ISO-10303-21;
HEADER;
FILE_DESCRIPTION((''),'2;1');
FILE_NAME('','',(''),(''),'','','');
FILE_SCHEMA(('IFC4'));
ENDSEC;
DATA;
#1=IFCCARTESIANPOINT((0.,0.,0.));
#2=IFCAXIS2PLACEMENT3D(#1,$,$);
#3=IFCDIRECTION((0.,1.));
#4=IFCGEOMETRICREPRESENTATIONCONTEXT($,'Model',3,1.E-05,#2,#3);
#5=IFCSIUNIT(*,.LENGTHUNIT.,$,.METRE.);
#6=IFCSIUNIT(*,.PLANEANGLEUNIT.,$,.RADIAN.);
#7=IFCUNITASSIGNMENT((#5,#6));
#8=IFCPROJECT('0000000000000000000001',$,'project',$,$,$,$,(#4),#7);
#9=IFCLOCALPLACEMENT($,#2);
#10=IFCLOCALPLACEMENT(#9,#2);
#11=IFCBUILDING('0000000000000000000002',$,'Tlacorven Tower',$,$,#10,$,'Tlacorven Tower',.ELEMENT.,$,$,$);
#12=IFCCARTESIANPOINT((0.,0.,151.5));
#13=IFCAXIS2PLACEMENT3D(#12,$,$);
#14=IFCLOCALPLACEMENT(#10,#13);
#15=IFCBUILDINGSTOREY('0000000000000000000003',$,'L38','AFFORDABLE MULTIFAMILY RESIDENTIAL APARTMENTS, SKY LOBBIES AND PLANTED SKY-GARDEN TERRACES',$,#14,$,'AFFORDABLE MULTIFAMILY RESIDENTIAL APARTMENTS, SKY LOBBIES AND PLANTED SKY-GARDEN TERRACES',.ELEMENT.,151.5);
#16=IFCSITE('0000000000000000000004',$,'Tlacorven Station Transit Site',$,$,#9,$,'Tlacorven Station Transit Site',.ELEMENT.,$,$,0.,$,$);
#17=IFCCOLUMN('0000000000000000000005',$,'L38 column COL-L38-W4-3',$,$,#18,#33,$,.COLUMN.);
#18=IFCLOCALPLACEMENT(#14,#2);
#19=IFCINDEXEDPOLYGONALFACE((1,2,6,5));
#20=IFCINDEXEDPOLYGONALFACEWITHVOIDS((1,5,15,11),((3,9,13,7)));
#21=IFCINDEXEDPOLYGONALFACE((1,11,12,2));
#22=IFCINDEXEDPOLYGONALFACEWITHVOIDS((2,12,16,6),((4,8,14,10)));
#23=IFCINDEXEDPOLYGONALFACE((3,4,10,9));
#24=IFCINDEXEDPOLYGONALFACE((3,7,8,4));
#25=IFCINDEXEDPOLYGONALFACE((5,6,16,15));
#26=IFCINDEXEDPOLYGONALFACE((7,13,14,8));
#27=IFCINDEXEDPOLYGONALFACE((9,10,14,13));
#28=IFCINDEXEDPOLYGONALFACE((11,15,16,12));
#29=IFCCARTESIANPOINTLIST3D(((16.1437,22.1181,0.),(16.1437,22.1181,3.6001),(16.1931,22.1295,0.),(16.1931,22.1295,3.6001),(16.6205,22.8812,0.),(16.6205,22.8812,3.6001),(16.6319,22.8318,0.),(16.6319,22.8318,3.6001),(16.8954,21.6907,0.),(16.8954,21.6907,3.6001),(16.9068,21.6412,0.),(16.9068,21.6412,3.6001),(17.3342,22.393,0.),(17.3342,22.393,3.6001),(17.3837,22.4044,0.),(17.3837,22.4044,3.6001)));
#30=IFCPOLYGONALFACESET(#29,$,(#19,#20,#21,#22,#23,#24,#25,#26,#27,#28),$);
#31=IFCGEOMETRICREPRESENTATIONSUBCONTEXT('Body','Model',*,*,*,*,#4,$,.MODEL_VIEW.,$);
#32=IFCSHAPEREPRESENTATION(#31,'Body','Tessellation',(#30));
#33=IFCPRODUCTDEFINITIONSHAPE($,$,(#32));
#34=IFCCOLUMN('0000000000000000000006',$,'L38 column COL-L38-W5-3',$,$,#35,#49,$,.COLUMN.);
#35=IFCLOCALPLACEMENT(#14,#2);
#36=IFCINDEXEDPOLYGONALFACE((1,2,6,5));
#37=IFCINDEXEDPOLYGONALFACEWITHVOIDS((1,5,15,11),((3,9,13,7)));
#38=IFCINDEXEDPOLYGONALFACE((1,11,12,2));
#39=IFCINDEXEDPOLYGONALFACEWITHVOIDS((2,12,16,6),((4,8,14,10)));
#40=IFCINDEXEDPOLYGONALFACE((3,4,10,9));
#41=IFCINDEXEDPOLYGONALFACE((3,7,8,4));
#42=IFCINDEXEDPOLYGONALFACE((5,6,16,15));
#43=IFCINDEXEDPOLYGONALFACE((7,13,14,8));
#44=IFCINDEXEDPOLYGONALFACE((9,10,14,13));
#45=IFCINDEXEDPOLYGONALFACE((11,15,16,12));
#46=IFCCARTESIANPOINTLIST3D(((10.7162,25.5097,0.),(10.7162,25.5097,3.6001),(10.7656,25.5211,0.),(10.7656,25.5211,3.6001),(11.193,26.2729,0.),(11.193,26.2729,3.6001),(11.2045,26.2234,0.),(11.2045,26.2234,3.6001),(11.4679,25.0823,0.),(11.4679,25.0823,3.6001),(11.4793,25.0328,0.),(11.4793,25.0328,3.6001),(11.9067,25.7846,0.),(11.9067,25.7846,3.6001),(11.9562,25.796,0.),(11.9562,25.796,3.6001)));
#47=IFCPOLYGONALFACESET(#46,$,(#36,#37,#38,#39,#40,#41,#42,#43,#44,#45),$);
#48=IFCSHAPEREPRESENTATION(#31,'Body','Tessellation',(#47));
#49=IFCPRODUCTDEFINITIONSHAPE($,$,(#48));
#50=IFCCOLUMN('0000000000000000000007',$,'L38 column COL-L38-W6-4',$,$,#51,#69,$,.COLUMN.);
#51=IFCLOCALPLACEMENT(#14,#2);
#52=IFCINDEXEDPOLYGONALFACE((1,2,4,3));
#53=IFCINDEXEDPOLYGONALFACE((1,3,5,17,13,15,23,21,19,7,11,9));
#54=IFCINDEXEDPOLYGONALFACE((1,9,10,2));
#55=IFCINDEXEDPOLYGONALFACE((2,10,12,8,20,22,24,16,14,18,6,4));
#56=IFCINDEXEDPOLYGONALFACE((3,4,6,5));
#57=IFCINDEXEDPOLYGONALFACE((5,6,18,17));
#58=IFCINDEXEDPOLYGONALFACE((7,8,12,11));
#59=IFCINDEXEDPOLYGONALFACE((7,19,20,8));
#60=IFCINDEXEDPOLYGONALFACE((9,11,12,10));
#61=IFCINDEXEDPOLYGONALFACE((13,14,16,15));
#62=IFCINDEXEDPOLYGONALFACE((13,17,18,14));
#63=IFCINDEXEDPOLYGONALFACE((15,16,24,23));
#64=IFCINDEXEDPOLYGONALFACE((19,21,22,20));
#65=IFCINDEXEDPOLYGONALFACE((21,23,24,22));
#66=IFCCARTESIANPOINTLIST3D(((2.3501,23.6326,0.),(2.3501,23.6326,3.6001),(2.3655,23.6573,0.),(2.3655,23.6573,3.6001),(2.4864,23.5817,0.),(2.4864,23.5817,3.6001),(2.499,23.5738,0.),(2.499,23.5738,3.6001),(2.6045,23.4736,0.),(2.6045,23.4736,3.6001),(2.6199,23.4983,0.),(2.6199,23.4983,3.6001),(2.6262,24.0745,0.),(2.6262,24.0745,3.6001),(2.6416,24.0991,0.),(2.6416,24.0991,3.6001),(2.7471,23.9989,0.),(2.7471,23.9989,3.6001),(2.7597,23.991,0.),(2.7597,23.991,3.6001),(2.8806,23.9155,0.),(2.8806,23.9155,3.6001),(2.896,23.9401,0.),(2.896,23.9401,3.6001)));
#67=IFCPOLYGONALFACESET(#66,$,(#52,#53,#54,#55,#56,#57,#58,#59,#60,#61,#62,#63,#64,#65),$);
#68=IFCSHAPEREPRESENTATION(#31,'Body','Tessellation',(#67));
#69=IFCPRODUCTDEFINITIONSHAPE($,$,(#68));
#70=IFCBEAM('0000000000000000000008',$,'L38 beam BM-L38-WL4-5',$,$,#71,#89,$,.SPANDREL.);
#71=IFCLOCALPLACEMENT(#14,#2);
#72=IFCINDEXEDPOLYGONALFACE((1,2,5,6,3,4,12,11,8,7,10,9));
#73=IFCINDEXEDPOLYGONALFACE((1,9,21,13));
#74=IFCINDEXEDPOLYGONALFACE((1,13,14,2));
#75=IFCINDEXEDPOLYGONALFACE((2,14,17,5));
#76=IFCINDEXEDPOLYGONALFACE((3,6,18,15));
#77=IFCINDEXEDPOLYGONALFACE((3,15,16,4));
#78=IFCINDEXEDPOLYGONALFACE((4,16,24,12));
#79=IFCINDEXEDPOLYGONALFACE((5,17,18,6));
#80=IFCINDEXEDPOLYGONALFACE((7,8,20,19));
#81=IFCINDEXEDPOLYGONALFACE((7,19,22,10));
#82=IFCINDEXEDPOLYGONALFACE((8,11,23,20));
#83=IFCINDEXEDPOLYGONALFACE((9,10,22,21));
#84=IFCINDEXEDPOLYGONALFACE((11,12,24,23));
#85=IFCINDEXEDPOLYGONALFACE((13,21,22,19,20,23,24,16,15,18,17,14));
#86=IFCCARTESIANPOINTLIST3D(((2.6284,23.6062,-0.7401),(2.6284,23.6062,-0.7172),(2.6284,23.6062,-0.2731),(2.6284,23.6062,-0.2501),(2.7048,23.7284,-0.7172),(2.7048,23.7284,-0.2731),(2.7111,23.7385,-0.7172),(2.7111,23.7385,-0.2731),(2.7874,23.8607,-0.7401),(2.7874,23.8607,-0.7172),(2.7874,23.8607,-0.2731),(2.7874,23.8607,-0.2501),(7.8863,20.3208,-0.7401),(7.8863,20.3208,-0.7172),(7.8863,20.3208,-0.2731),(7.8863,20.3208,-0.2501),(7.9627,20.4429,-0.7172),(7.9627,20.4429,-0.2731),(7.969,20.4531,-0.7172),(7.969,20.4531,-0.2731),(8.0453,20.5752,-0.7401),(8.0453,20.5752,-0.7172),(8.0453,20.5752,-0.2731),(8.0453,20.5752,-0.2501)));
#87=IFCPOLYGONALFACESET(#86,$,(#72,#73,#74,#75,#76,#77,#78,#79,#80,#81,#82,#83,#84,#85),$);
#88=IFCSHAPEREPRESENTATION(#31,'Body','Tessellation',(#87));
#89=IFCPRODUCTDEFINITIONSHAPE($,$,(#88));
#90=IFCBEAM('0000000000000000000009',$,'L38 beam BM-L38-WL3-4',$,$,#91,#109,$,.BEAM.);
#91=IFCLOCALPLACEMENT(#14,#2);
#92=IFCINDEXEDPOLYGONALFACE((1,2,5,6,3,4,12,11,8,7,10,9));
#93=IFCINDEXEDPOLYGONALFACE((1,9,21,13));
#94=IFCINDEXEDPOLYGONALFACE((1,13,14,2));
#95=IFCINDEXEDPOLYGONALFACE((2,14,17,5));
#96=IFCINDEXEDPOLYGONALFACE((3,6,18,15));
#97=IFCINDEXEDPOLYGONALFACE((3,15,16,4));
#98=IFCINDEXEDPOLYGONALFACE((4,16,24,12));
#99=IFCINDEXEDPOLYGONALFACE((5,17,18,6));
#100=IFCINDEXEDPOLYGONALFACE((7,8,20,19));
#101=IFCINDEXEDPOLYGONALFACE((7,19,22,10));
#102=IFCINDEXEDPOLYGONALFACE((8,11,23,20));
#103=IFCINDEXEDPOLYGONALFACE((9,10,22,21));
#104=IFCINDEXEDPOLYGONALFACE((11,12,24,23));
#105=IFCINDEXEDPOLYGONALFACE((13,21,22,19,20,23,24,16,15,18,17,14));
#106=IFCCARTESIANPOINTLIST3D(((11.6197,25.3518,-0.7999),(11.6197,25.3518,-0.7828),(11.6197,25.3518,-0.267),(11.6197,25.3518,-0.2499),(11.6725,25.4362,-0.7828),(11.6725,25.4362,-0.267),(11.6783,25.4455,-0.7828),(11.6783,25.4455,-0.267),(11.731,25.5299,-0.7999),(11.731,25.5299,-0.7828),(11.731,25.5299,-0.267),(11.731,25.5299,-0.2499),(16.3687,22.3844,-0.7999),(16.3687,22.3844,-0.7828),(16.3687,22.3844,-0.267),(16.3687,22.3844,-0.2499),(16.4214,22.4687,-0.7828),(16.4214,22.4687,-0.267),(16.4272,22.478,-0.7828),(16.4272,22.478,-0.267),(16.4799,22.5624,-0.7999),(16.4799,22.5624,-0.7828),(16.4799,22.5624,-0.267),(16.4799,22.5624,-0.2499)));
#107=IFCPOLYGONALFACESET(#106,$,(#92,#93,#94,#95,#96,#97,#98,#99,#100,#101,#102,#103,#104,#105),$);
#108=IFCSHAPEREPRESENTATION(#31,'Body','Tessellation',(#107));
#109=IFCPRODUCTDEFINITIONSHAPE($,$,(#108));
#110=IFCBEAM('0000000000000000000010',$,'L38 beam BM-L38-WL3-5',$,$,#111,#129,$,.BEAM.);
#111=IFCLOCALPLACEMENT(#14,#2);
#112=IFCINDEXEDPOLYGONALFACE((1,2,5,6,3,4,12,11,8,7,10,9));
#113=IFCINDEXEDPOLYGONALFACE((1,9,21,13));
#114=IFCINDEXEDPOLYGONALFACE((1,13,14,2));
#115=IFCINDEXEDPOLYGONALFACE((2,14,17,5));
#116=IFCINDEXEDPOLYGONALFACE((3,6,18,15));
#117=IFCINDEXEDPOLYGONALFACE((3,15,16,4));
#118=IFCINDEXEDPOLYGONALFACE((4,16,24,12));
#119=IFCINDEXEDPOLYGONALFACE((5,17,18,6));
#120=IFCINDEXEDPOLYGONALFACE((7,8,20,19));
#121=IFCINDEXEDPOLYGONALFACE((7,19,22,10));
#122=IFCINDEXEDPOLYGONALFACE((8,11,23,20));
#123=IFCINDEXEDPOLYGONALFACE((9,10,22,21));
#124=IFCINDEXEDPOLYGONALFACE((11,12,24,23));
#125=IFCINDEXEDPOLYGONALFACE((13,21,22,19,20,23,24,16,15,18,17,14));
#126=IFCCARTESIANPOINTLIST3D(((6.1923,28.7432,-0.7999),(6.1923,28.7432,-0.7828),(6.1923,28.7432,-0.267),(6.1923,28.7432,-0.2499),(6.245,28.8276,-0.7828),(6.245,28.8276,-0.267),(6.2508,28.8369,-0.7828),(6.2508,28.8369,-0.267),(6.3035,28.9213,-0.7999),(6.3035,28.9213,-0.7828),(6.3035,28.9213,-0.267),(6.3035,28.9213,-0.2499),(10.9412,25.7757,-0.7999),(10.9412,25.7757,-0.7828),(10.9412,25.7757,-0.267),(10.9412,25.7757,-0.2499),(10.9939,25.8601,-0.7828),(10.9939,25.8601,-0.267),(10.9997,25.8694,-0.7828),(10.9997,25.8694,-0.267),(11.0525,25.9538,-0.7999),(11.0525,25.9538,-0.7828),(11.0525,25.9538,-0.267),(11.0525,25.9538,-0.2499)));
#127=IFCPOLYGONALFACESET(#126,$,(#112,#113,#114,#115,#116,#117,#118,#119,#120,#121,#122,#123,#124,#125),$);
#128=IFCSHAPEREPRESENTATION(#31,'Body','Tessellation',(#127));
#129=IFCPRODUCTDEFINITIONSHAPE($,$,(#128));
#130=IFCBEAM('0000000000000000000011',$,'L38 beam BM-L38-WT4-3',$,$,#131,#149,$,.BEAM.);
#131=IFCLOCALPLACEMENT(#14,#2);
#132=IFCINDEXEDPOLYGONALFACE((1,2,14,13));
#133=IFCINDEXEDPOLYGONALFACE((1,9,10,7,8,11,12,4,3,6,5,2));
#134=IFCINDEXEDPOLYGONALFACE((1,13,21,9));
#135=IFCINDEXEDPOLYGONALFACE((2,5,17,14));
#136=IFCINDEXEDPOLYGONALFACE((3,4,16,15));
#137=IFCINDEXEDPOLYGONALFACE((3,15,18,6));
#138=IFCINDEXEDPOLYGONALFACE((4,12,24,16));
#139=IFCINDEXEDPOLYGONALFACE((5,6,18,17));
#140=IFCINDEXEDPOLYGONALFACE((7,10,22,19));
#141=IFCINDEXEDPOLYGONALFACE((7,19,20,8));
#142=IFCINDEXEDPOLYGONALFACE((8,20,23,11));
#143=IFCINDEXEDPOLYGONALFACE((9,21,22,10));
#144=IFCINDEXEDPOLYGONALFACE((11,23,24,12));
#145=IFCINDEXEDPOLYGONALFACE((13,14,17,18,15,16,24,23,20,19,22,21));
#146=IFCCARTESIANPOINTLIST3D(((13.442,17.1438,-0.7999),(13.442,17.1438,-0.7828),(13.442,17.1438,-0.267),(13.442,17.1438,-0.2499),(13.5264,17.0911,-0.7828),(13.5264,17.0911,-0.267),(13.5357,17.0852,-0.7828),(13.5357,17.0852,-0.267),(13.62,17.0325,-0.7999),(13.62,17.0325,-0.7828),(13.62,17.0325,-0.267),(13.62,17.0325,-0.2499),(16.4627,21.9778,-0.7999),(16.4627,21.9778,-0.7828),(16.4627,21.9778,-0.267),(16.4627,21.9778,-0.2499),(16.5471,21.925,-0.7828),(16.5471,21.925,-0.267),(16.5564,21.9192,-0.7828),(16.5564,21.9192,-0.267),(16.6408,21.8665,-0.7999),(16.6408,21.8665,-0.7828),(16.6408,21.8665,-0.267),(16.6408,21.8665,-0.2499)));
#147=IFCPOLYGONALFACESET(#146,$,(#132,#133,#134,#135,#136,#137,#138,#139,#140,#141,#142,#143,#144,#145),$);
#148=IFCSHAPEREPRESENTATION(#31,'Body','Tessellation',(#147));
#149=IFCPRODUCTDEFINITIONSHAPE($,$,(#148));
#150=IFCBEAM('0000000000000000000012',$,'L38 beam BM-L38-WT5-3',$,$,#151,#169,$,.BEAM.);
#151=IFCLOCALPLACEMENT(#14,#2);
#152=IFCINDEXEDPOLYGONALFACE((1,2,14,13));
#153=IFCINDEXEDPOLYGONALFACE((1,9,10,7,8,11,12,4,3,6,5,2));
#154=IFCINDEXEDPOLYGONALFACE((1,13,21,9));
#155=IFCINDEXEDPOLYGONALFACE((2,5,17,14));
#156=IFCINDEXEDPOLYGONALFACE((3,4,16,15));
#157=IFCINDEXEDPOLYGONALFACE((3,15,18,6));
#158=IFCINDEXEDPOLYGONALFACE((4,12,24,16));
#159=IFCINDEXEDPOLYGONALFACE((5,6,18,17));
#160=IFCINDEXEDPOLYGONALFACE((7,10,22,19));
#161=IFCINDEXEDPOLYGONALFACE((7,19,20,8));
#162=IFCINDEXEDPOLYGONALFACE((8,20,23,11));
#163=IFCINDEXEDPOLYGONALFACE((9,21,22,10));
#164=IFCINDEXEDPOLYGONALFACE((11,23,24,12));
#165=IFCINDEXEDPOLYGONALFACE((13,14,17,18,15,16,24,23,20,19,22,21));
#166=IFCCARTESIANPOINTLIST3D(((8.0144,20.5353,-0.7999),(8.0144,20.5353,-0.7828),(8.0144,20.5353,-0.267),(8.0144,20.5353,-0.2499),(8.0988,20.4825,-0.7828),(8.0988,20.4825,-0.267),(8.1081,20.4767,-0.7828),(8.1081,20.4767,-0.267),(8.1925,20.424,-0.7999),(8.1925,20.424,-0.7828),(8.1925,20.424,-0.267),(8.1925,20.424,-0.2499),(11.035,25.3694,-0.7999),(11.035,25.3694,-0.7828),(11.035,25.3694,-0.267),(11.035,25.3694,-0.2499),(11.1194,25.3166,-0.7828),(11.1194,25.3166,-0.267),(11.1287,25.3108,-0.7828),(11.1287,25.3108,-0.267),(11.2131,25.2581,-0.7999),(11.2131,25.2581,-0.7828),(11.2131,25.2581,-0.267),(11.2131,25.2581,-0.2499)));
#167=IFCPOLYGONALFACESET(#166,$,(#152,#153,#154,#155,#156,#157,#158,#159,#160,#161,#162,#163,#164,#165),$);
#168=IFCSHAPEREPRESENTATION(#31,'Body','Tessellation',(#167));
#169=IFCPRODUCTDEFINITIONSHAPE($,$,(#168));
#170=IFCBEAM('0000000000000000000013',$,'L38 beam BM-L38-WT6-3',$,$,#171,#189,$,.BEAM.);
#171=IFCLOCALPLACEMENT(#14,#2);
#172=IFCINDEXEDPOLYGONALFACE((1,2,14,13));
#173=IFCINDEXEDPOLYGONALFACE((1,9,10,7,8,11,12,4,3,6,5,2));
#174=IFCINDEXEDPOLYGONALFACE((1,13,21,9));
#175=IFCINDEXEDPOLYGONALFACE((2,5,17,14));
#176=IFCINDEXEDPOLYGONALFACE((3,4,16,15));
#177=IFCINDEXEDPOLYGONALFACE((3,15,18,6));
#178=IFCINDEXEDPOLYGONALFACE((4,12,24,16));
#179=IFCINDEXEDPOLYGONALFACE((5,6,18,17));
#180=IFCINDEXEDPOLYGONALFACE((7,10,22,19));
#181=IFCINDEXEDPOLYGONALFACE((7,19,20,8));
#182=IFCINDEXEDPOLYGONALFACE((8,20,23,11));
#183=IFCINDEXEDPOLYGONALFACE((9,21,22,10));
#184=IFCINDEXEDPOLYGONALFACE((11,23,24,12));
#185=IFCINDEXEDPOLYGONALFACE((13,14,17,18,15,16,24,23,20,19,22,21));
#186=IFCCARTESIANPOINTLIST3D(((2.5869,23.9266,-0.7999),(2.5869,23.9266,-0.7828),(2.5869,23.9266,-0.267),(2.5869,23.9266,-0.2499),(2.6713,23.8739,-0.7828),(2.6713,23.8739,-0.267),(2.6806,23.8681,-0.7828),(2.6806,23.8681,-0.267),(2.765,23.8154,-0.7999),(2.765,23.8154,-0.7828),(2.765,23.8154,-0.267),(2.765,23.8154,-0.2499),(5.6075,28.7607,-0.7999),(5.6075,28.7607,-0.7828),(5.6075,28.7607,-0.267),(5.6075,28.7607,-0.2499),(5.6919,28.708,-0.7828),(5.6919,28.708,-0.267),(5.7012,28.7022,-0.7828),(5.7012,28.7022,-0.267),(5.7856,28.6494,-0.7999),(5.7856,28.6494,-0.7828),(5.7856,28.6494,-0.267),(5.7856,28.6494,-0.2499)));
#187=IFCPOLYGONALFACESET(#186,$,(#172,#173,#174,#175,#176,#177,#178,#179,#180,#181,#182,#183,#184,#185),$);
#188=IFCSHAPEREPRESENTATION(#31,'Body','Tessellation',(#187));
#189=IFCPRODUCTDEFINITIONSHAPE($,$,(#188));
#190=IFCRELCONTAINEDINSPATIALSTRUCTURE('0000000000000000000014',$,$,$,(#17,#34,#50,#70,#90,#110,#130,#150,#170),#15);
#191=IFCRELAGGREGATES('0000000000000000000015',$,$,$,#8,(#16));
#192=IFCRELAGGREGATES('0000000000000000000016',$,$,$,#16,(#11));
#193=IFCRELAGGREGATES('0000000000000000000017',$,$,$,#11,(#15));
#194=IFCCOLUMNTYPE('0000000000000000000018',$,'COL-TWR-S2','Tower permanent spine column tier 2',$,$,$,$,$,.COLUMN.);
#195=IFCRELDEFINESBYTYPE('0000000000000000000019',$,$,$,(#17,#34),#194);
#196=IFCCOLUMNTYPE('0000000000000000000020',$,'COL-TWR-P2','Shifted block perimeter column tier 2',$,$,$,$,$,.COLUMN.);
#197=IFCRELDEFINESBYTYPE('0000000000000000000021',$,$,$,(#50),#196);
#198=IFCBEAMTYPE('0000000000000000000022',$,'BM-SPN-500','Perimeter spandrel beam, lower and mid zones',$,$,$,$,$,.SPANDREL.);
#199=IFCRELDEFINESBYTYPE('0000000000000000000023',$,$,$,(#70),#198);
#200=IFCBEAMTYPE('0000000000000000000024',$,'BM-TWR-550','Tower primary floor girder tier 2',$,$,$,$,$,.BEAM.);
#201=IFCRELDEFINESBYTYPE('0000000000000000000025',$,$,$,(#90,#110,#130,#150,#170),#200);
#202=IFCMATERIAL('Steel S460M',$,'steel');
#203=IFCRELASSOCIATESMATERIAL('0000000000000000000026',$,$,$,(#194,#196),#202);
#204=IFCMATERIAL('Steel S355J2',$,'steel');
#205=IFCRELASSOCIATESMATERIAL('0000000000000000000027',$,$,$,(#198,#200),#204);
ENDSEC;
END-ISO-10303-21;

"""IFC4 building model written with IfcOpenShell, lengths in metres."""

from ifc_helpers import new_model, si_unit, direction, frame, origin, origin_2d, place, context, subcontext, project, spatial, hollow_rectangle, i_section, extrude, source, transform, mapped, material, material_profile, profile_set, type_object, element, save


model = new_model("IFC4")

# Units and contexts
model_context = context("Model", 3, precision=1e-05, world=origin(), true_north=direction((0.0, 1.0)))
body_context = subcontext(model_context, "Body", "Model", "MODEL_VIEW")
ifc_project = project(units=[si_unit("LENGTHUNIT", "METRE"), si_unit("PLANEANGLEUNIT", "RADIAN")], contexts=[model_context])

# Site, building, storey
site_placement = place(None, origin())
site = spatial("IfcSite", under=ifc_project, at=site_placement, Name="Tlacorven Station Transit Site", LongName="Tlacorven Station Transit Site", CompositionType="ELEMENT", RefElevation=0.0)
building_placement = place(site_placement, origin())
building = spatial("IfcBuilding", under=site, at=building_placement, Name="Tlacorven Tower", LongName="Tlacorven Tower", CompositionType="ELEMENT")
storey_placement = place(building_placement, frame((0.0, 0.0, 151.5)))
storey = spatial("IfcBuildingStorey", under=building, at=storey_placement, Name="L38", Description="AFFORDABLE MULTIFAMILY RESIDENTIAL APARTMENTS, SKY LOBBIES AND PLANTED SKY-GARDEN TERRACES", LongName="AFFORDABLE MULTIFAMILY RESIDENTIAL APARTMENTS, SKY LOBBIES AND PLANTED SKY-GARDEN TERRACES", CompositionType="ELEMENT", Elevation=151.5)

# Columns
ifc_material_1 = material(Name="Steel S460M", Category="steel")
ifc_material_profile_1 = material_profile(ifc_material_1, hollow_rectangle(XDim=0.8999, YDim=0.8999, WallThickness=0.0359, at=origin_2d()), Name="BOX 900X900X36")
ifc_profile_set_1 = profile_set([ifc_material_profile_1], Name="Steel S460M")
column_type_1 = type_object("IfcColumnType", Name="COL-TWR-S2", Description="Tower permanent spine column tier 2", PredefinedType="COLUMN", material=ifc_profile_set_1)
shared_shape_1 = source(origin(), body_context, "Body", "SweptSolid", [
    extrude(hollow_rectangle(XDim=0.8999, YDim=0.8999, WallThickness=0.0359, at=origin_2d()), origin(), (0.0, 0.0, 1.0), 3.6001),
])
for number, where, z_axis, x_axis, name in (
    (1, (16.7637, 22.2612, 0.0), (0.0, 0.0, 1.0), (-0.848048, 0.529919, 0.0), "L38 column COL-L38-W4-3"),
    (2, (11.3362, 25.6528, 0.0), (0.0, 0.0, 1.0), (-0.848048, 0.529919, 0.0), "L38 column COL-L38-W5-3"),
):
    element("IfcColumn", number, at=place(storey_placement, frame(where, z_axis=z_axis, x_axis=x_axis)), inside=storey, type_object=column_type_1, Name=name, PredefinedType="COLUMN", context=body_context, shape_type="MappedRepresentation", body=[
        mapped(shared_shape_1, transform((0.0, 0.0, 0.0), scale=1.0)),
    ])
ifc_material_profile_2 = material_profile(ifc_material_1, i_section(OverallWidth=0.3, OverallDepth=0.55, WebThickness=0.0149, FlangeThickness=0.0291, at=origin_2d()), Name="HEB 550")
ifc_profile_set_2 = profile_set([ifc_material_profile_2], Name="Steel S460M")
column_type_2 = type_object("IfcColumnType", Name="COL-TWR-P2", Description="Shifted block perimeter column tier 2", PredefinedType="COLUMN", material=ifc_profile_set_2)
shared_shape_2 = source(origin(), body_context, "Body", "SweptSolid", [
    extrude(i_section(OverallWidth=0.3, OverallDepth=0.55, WebThickness=0.0149, FlangeThickness=0.0291, at=origin_2d()), origin(), (0.0, 0.0, 1.0), 3.6001),
])
column_placement = place(storey_placement, frame((2.623, 23.7864, 0.0), z_axis=(0.0, 0.0, 1.0), x_axis=(-0.848048, 0.529919, 0.0)))
element("IfcColumn", 3, at=column_placement, inside=storey, type_object=column_type_2, Name="L38 column COL-L38-W6-4", PredefinedType="COLUMN", context=body_context, shape_type="MappedRepresentation", body=[
    mapped(shared_shape_2, transform((0.0, 0.0, 0.0), scale=1.0)),
])

# Beams
ifc_material_2 = material(Name="Steel S355J2", Category="steel")
ifc_material_profile_3 = material_profile(ifc_material_2, i_section(OverallWidth=0.3, OverallDepth=0.49, WebThickness=0.012, FlangeThickness=0.0229, at=origin_2d()), Name="HEA 500")
ifc_profile_set_3 = profile_set([ifc_material_profile_3], Name="Steel S355J2")
beam_type_1 = type_object("IfcBeamType", Name="BM-SPN-500", Description="Perimeter spandrel beam, lower and mid zones", PredefinedType="SPANDREL", material=ifc_profile_set_3)
shared_shape_3 = source(origin(), body_context, "Body", "SweptSolid", [
    extrude(i_section(OverallWidth=0.3, OverallDepth=0.49, WebThickness=0.012, FlangeThickness=0.0229, at=origin_2d()), origin(), (0.0, 0.0, 1.0), 6.2),
])
beam_1_placement = place(storey_placement, frame((7.9658, 20.448, -0.4951), z_axis=(-0.848051, 0.529914, 0.0), x_axis=(-0.529914, -0.848051, 0.0)))
element("IfcBeam", 4, at=beam_1_placement, inside=storey, type_object=beam_type_1, Name="L38 beam BM-L38-WL4-5", PredefinedType="SPANDREL", context=body_context, shape_type="MappedRepresentation", body=[
    mapped(shared_shape_3, transform((0.0, 0.0, 0.0), scale=1.0)),
])
ifc_material_profile_4 = material_profile(ifc_material_2, i_section(OverallWidth=0.21, OverallDepth=0.55, WebThickness=0.011, FlangeThickness=0.0171, at=origin_2d()), Name="IPE 550")
ifc_profile_set_4 = profile_set([ifc_material_profile_4], Name="Steel S355J2")
beam_type_2 = type_object("IfcBeamType", Name="BM-TWR-550", Description="Tower primary floor girder tier 2", PredefinedType="BEAM", material=ifc_profile_set_4)
shared_shape_4 = source(origin(), body_context, "Body", "SweptSolid", [
    extrude(i_section(OverallWidth=0.21, OverallDepth=0.55, WebThickness=0.011, FlangeThickness=0.0171, at=origin_2d()), origin(), (0.0, 0.0, 1.0), 5.5999),
])
for number, where, z_axis, x_axis, name in (
    (5, (16.4243, 22.4734, -0.5249), (-0.848047, 0.529921, 0.0), (-0.529921, -0.848047, 0.0), "L38 beam BM-L38-WL3-4"),
    (6, (10.9968, 25.8647, -0.5249), (-0.848047, 0.529921, 0.0), (-0.529921, -0.848047, 0.0), "L38 beam BM-L38-WL3-5"),
):
    element("IfcBeam", number, at=place(storey_placement, frame(where, z_axis=z_axis, x_axis=x_axis)), inside=storey, type_object=beam_type_2, Name=name, PredefinedType="BEAM", context=body_context, shape_type="MappedRepresentation", body=[
        mapped(shared_shape_4, transform((0.0, 0.0, 0.0), scale=1.0)),
    ])
shared_shape_5 = source(origin(), body_context, "Body", "SweptSolid", [
    extrude(i_section(OverallWidth=0.21, OverallDepth=0.55, WebThickness=0.011, FlangeThickness=0.0171, at=origin_2d()), origin(), (0.0, 0.0, 1.0), 5.7002),
])
for number, where, z_axis, x_axis, name in (
    (7, (16.5518, 21.9221, -0.5249), (-0.529937, -0.848037, 0.0), (0.848037, -0.529937, 0.0), "L38 beam BM-L38-WT4-3"),
    (8, (11.124, 25.3137, -0.5249), (-0.529907, -0.848056, 0.0), (0.848056, -0.529907, 0.0), "L38 beam BM-L38-WT5-3"),
    (9, (5.6965, 28.7051, -0.5249), (-0.529907, -0.848056, 0.0), (0.848056, -0.529907, 0.0), "L38 beam BM-L38-WT6-3"),
):
    element("IfcBeam", number, at=place(storey_placement, frame(where, z_axis=z_axis, x_axis=x_axis)), inside=storey, type_object=beam_type_2, Name=name, PredefinedType="BEAM", context=body_context, shape_type="MappedRepresentation", body=[
        mapped(shared_shape_5, transform((0.0, 0.0, 0.0), scale=1.0)),
    ])

save(model, "model.ifc")
